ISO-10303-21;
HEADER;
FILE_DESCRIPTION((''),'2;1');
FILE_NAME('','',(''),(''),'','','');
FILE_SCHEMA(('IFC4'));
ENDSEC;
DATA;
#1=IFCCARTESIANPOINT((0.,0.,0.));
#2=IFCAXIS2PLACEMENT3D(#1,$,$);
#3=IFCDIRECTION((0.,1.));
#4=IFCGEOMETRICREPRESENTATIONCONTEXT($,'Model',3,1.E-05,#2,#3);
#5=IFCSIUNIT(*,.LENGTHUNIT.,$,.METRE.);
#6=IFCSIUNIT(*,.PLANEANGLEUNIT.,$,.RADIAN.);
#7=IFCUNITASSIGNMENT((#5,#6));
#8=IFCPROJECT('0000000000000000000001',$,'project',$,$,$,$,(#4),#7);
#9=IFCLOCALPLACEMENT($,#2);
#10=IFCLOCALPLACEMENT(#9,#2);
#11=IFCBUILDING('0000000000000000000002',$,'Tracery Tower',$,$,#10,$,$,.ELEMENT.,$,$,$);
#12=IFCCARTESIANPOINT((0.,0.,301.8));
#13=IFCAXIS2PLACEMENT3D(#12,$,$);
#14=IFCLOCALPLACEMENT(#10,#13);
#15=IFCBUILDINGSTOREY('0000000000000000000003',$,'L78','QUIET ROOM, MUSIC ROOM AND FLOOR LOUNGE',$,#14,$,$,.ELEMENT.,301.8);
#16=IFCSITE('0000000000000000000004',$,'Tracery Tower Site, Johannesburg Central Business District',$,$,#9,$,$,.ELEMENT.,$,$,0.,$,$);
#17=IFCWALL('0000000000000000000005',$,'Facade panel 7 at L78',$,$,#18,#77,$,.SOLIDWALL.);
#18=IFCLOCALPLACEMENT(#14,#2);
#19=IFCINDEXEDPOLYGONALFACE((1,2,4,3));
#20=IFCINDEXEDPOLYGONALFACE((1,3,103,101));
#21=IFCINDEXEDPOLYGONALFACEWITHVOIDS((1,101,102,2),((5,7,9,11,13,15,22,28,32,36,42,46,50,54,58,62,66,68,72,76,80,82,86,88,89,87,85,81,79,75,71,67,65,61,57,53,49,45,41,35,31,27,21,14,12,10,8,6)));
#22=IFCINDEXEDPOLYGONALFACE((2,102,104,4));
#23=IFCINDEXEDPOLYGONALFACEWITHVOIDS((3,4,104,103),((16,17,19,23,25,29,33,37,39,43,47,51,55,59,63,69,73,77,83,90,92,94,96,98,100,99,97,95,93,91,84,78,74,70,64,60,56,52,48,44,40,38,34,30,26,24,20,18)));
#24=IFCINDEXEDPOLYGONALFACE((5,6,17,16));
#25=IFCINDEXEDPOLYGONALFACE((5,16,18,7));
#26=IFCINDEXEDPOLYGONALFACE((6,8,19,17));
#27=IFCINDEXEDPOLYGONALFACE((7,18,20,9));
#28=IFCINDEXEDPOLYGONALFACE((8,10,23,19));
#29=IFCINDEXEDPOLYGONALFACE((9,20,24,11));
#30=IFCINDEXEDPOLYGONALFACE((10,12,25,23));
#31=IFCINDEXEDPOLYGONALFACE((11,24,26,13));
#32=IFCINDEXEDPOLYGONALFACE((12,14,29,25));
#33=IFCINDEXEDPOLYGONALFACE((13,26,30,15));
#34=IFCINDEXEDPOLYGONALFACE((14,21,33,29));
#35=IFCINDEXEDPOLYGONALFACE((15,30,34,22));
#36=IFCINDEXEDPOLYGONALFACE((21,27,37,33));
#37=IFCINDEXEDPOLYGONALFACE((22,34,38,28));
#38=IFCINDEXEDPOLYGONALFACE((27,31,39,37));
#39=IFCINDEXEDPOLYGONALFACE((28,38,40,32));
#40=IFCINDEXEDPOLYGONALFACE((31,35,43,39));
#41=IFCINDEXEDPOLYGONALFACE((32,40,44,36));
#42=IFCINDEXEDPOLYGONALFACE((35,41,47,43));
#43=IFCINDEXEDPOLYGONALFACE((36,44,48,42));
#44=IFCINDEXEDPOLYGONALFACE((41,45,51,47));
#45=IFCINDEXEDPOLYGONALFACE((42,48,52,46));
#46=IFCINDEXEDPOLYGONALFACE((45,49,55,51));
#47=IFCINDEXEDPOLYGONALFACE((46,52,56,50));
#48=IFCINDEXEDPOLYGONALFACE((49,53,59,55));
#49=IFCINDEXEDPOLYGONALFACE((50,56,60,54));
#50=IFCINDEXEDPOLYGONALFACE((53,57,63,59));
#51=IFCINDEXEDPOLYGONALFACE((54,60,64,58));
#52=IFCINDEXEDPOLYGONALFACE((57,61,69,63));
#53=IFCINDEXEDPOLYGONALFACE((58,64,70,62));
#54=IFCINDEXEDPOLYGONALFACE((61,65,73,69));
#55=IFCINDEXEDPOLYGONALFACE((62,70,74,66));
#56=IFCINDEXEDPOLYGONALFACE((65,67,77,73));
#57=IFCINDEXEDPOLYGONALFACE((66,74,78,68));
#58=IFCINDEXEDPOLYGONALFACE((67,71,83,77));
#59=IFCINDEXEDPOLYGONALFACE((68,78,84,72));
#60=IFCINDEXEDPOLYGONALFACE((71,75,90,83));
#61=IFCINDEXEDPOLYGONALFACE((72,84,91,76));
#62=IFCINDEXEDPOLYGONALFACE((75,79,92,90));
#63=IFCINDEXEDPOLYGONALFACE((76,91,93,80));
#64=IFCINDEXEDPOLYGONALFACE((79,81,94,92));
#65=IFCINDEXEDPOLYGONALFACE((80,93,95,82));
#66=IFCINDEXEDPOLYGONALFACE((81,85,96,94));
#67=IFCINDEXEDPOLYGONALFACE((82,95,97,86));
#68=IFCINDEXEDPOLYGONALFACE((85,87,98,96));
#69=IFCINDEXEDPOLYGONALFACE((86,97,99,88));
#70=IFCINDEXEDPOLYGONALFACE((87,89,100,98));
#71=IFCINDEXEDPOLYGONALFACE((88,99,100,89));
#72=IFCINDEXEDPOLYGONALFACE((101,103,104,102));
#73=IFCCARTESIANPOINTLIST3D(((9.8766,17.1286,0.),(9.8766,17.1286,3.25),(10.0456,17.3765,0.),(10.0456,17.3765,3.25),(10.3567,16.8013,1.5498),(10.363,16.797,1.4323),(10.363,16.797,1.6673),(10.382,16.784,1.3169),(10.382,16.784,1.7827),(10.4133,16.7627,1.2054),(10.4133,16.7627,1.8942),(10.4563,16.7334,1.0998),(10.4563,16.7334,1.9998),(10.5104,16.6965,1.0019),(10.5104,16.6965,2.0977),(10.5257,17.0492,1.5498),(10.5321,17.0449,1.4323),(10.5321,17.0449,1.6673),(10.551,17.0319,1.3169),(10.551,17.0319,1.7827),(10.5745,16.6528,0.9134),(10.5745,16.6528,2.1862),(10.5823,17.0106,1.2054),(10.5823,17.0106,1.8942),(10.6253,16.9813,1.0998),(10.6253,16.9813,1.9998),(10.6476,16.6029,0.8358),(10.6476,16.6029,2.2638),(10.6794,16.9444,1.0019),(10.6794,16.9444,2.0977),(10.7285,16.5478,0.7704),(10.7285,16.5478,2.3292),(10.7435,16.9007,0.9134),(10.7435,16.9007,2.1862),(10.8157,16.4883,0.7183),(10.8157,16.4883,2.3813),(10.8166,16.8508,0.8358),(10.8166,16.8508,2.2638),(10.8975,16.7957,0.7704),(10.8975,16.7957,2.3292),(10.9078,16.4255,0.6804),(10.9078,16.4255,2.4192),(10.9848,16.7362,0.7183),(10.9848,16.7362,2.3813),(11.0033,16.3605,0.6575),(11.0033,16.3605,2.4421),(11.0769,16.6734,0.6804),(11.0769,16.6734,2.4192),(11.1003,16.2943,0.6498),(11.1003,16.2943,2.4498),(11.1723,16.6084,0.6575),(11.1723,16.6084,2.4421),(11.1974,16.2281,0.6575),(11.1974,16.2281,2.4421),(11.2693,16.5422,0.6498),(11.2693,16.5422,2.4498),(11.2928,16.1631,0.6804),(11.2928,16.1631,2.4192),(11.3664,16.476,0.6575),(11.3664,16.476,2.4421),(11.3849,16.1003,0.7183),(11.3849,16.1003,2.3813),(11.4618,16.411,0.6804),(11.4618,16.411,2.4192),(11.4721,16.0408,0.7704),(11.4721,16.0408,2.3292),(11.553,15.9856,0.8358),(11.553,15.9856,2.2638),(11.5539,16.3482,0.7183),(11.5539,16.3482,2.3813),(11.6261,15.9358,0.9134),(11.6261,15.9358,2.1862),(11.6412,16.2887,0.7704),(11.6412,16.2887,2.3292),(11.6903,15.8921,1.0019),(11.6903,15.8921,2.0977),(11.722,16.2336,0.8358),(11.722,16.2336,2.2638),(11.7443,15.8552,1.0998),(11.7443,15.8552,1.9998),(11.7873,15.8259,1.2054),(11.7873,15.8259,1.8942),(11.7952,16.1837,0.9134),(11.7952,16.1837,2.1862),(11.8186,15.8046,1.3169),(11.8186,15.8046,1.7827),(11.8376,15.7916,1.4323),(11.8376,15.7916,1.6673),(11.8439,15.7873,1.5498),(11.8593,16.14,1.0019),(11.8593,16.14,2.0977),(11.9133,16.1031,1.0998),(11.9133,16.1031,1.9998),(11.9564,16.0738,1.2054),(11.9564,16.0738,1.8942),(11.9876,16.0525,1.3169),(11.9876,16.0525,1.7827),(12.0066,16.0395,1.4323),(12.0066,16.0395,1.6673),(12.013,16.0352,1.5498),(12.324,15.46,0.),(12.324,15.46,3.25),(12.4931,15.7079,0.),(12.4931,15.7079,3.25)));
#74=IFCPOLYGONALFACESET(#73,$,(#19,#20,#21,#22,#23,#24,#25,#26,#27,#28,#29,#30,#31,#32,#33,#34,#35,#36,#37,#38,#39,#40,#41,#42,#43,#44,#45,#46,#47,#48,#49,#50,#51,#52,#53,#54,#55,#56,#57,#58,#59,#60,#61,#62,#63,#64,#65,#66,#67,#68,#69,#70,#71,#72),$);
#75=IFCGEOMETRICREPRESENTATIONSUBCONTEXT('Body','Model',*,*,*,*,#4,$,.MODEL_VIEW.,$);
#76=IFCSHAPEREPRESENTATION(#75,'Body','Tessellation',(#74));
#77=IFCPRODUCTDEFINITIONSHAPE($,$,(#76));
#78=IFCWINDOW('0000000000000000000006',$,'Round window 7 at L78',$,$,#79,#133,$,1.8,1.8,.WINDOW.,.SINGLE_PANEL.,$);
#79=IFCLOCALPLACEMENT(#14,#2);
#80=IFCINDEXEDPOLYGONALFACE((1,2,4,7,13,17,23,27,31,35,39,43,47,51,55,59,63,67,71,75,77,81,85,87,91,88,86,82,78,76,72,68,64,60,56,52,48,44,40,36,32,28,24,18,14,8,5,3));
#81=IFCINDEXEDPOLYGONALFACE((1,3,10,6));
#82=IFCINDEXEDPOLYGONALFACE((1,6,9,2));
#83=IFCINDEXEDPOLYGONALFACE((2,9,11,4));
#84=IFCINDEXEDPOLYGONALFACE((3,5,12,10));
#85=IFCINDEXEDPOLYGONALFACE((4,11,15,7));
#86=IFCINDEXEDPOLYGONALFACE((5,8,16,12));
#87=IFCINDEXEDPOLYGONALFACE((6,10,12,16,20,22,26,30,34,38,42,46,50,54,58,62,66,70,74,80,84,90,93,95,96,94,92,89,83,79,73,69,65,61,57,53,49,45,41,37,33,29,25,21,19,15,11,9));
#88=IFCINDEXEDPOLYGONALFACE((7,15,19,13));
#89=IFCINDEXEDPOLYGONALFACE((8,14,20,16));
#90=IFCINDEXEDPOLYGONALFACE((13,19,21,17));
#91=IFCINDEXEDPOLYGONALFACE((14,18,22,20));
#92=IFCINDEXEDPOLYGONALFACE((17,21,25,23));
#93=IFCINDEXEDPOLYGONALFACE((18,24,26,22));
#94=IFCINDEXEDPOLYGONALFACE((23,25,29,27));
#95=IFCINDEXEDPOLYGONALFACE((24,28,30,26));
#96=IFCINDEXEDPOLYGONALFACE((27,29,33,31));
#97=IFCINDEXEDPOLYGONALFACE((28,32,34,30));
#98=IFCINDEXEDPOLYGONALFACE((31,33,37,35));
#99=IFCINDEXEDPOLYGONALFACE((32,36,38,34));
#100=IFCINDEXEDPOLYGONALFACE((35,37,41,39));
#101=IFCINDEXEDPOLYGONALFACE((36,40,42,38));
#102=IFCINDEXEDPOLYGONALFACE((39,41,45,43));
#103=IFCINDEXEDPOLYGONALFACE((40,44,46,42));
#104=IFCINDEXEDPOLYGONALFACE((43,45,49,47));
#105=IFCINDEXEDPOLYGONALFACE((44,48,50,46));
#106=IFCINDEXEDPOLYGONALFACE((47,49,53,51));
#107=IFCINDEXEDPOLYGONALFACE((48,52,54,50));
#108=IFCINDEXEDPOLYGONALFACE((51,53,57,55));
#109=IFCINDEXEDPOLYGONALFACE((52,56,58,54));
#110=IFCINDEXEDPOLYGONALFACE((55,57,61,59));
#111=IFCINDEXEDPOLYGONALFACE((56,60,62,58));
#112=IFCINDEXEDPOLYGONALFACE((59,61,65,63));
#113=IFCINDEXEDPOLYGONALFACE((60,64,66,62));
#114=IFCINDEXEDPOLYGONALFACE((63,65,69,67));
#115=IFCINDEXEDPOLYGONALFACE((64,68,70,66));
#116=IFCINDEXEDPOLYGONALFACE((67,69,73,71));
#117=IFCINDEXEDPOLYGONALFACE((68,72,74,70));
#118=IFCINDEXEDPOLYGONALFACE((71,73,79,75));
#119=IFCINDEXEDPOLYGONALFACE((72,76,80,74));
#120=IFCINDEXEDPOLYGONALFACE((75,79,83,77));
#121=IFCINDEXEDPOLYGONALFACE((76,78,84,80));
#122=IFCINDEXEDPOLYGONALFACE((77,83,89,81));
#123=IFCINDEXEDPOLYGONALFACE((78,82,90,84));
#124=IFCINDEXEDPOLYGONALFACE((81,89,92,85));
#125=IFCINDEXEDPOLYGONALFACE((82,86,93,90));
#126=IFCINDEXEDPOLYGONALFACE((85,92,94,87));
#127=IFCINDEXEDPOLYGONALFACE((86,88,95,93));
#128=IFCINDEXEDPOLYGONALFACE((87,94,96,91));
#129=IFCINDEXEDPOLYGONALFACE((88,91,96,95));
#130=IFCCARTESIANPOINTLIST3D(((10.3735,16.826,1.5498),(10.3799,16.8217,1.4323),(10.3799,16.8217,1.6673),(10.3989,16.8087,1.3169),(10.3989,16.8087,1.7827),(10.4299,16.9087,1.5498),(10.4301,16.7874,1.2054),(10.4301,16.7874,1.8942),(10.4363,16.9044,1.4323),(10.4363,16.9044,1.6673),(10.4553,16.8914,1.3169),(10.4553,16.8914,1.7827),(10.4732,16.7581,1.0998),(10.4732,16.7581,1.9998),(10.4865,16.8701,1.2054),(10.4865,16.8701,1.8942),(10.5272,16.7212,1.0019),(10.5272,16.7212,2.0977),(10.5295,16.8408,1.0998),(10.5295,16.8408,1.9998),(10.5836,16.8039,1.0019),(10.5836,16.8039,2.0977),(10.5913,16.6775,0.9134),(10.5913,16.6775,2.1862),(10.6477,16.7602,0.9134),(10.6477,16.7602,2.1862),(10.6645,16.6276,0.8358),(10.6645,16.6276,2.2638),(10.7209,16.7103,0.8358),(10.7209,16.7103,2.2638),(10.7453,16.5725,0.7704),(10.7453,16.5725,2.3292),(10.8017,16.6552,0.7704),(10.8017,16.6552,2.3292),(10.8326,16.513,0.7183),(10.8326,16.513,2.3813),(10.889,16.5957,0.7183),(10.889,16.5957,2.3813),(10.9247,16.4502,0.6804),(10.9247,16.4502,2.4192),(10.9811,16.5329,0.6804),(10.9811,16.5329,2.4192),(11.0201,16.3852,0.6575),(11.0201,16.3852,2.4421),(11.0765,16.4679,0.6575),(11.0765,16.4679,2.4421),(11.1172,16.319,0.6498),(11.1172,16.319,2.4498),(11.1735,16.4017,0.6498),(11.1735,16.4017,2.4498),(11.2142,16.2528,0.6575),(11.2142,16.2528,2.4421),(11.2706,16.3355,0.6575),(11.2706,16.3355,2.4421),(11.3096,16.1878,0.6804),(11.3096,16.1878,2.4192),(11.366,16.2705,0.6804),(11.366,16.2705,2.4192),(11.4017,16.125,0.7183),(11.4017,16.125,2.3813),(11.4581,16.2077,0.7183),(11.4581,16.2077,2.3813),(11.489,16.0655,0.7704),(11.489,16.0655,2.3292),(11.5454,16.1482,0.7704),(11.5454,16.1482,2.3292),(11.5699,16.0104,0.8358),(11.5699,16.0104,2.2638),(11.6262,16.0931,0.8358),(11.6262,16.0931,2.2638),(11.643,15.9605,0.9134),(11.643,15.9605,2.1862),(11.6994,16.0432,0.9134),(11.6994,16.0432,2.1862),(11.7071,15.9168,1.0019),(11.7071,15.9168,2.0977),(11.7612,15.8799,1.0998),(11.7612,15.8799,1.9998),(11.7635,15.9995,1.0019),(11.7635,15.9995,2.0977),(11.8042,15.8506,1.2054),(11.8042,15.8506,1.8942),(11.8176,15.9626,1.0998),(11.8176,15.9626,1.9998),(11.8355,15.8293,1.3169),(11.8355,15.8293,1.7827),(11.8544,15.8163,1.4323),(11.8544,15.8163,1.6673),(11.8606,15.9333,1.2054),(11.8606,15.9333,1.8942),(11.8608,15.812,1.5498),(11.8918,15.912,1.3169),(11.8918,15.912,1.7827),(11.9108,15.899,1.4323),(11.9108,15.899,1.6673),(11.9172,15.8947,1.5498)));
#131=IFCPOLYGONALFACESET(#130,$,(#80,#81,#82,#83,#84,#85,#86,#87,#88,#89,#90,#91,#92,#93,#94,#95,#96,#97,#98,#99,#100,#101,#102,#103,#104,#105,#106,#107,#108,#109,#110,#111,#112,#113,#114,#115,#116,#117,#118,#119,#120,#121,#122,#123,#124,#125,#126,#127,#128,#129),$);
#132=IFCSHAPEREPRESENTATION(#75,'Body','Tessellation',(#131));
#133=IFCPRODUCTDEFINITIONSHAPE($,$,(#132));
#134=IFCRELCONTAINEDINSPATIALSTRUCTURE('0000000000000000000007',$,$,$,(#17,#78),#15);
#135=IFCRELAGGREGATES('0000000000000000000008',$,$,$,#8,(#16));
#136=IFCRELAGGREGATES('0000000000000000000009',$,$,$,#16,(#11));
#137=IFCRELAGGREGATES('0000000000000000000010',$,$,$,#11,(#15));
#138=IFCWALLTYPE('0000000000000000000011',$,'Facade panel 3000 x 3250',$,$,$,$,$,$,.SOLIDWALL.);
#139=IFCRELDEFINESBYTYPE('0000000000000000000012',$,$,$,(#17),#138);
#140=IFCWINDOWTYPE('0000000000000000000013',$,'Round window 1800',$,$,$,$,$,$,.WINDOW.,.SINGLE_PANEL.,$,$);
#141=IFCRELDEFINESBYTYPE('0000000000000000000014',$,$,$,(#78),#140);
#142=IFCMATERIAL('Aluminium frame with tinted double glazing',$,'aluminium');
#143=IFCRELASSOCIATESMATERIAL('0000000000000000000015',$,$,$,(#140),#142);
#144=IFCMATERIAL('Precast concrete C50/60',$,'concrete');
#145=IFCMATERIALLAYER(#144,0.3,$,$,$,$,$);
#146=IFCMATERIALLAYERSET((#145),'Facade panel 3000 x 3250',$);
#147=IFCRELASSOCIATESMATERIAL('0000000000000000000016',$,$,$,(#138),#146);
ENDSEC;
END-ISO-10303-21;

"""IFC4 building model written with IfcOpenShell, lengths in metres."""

from ifc_helpers import new_model, si_unit, direction, frame, frame_2d, origin, origin_2d, place, context, subcontext, project, spatial, rectangle, circle, extrude, material, layer, layer_set, type_object, element, fill, save


model = new_model("IFC4")

# Units and contexts
model_context = context("Model", 3, precision=1e-05, world=origin(), true_north=direction((0.0, 1.0)))
body_context = subcontext(model_context, "Body", "Model", "MODEL_VIEW")
ifc_project = project(units=[si_unit("LENGTHUNIT", "METRE"), si_unit("PLANEANGLEUNIT", "RADIAN")], contexts=[model_context])

# Site, building, storey
site_placement = place(None, origin())
site = spatial("IfcSite", under=ifc_project, at=site_placement, Name="Tracery Tower Site, Johannesburg Central Business District", CompositionType="ELEMENT", RefElevation=0.0)
building_placement = place(site_placement, origin())
building = spatial("IfcBuilding", under=site, at=building_placement, Name="Tracery Tower", CompositionType="ELEMENT")
storey_placement = place(building_placement, frame((0.0, 0.0, 301.8)))
storey = spatial("IfcBuildingStorey", under=building, at=storey_placement, Name="L78", Description="QUIET ROOM, MUSIC ROOM AND FLOOR LOUNGE", CompositionType="ELEMENT", Elevation=301.8)

# Wall, opening, window
ifc_material_1 = material(Name="Aluminium frame with tinted double glazing", Category="aluminium")
window_type = type_object("IfcWindowType", Name="Round window 1800", PartitioningType="SINGLE_PANEL", PredefinedType="WINDOW", material=ifc_material_1)
ifc_material_2 = material(Name="Precast concrete C50/60", Category="concrete")
ifc_layer_1 = layer(ifc_material_2, 0.3)
ifc_layer_set_1 = layer_set([ifc_layer_1], Name="Facade panel 3000 x 3250")
wall_type_1 = type_object("IfcWallType", Name="Facade panel 3000 x 3250", PredefinedType="SOLIDWALL", material=ifc_layer_set_1)
wall_1_placement = place(storey_placement, frame((12.4084, 15.584, 0.0), z_axis=(0.0, 0.0, 1.0), x_axis=(-0.826236, 0.563324, 0.0)))
wall_1 = element("IfcWall", 1, at=wall_1_placement, inside=storey, type_object=wall_type_1, Name="Facade panel 7 at L78", PredefinedType="SOLIDWALL", context=body_context, shape_type="SweptSolid", body=[
    extrude(rectangle(XDim=2.9622, YDim=0.3, at=frame_2d((1.481, 0.0))), origin(), (0.0, 0.0, 1.0), 3.25),
])
opening_1_placement = place(wall_1_placement, frame((1.481, 0.0, 1.5498)))
opening_1 = element("IfcOpeningElement", 2, at=opening_1_placement, cuts=wall_1, PredefinedType="OPENING", context=body_context, shape_type="SweptSolid", body=[
    extrude(circle(Radius=0.9, at=origin_2d()), frame((0.0, 0.1599, 0.0), z_axis=(0.0, -1.0, 0.0), x_axis=(1.0, 0.0, 0.0)), (0.0, 0.0, 1.0), 0.3201),
])
window_1_placement = place(opening_1_placement, origin())
window_1 = element("IfcWindow", 3, at=window_1_placement, inside=storey, type_object=window_type, Name="Round window 7 at L78", OverallHeight=1.8, OverallWidth=1.8, PartitioningType="SINGLE_PANEL", PredefinedType="WINDOW", context=body_context, shape_type="SweptSolid", body=[
    extrude(circle(Radius=0.9, at=origin_2d()), frame((0.0, 0.1201, 0.0), z_axis=(0.0, -1.0, 0.0), x_axis=(1.0, 0.0, 0.0)), (0.0, 0.0, 1.0), 0.1001),
])
fill(opening_1, window_1)

save(model, "model.ifc")
